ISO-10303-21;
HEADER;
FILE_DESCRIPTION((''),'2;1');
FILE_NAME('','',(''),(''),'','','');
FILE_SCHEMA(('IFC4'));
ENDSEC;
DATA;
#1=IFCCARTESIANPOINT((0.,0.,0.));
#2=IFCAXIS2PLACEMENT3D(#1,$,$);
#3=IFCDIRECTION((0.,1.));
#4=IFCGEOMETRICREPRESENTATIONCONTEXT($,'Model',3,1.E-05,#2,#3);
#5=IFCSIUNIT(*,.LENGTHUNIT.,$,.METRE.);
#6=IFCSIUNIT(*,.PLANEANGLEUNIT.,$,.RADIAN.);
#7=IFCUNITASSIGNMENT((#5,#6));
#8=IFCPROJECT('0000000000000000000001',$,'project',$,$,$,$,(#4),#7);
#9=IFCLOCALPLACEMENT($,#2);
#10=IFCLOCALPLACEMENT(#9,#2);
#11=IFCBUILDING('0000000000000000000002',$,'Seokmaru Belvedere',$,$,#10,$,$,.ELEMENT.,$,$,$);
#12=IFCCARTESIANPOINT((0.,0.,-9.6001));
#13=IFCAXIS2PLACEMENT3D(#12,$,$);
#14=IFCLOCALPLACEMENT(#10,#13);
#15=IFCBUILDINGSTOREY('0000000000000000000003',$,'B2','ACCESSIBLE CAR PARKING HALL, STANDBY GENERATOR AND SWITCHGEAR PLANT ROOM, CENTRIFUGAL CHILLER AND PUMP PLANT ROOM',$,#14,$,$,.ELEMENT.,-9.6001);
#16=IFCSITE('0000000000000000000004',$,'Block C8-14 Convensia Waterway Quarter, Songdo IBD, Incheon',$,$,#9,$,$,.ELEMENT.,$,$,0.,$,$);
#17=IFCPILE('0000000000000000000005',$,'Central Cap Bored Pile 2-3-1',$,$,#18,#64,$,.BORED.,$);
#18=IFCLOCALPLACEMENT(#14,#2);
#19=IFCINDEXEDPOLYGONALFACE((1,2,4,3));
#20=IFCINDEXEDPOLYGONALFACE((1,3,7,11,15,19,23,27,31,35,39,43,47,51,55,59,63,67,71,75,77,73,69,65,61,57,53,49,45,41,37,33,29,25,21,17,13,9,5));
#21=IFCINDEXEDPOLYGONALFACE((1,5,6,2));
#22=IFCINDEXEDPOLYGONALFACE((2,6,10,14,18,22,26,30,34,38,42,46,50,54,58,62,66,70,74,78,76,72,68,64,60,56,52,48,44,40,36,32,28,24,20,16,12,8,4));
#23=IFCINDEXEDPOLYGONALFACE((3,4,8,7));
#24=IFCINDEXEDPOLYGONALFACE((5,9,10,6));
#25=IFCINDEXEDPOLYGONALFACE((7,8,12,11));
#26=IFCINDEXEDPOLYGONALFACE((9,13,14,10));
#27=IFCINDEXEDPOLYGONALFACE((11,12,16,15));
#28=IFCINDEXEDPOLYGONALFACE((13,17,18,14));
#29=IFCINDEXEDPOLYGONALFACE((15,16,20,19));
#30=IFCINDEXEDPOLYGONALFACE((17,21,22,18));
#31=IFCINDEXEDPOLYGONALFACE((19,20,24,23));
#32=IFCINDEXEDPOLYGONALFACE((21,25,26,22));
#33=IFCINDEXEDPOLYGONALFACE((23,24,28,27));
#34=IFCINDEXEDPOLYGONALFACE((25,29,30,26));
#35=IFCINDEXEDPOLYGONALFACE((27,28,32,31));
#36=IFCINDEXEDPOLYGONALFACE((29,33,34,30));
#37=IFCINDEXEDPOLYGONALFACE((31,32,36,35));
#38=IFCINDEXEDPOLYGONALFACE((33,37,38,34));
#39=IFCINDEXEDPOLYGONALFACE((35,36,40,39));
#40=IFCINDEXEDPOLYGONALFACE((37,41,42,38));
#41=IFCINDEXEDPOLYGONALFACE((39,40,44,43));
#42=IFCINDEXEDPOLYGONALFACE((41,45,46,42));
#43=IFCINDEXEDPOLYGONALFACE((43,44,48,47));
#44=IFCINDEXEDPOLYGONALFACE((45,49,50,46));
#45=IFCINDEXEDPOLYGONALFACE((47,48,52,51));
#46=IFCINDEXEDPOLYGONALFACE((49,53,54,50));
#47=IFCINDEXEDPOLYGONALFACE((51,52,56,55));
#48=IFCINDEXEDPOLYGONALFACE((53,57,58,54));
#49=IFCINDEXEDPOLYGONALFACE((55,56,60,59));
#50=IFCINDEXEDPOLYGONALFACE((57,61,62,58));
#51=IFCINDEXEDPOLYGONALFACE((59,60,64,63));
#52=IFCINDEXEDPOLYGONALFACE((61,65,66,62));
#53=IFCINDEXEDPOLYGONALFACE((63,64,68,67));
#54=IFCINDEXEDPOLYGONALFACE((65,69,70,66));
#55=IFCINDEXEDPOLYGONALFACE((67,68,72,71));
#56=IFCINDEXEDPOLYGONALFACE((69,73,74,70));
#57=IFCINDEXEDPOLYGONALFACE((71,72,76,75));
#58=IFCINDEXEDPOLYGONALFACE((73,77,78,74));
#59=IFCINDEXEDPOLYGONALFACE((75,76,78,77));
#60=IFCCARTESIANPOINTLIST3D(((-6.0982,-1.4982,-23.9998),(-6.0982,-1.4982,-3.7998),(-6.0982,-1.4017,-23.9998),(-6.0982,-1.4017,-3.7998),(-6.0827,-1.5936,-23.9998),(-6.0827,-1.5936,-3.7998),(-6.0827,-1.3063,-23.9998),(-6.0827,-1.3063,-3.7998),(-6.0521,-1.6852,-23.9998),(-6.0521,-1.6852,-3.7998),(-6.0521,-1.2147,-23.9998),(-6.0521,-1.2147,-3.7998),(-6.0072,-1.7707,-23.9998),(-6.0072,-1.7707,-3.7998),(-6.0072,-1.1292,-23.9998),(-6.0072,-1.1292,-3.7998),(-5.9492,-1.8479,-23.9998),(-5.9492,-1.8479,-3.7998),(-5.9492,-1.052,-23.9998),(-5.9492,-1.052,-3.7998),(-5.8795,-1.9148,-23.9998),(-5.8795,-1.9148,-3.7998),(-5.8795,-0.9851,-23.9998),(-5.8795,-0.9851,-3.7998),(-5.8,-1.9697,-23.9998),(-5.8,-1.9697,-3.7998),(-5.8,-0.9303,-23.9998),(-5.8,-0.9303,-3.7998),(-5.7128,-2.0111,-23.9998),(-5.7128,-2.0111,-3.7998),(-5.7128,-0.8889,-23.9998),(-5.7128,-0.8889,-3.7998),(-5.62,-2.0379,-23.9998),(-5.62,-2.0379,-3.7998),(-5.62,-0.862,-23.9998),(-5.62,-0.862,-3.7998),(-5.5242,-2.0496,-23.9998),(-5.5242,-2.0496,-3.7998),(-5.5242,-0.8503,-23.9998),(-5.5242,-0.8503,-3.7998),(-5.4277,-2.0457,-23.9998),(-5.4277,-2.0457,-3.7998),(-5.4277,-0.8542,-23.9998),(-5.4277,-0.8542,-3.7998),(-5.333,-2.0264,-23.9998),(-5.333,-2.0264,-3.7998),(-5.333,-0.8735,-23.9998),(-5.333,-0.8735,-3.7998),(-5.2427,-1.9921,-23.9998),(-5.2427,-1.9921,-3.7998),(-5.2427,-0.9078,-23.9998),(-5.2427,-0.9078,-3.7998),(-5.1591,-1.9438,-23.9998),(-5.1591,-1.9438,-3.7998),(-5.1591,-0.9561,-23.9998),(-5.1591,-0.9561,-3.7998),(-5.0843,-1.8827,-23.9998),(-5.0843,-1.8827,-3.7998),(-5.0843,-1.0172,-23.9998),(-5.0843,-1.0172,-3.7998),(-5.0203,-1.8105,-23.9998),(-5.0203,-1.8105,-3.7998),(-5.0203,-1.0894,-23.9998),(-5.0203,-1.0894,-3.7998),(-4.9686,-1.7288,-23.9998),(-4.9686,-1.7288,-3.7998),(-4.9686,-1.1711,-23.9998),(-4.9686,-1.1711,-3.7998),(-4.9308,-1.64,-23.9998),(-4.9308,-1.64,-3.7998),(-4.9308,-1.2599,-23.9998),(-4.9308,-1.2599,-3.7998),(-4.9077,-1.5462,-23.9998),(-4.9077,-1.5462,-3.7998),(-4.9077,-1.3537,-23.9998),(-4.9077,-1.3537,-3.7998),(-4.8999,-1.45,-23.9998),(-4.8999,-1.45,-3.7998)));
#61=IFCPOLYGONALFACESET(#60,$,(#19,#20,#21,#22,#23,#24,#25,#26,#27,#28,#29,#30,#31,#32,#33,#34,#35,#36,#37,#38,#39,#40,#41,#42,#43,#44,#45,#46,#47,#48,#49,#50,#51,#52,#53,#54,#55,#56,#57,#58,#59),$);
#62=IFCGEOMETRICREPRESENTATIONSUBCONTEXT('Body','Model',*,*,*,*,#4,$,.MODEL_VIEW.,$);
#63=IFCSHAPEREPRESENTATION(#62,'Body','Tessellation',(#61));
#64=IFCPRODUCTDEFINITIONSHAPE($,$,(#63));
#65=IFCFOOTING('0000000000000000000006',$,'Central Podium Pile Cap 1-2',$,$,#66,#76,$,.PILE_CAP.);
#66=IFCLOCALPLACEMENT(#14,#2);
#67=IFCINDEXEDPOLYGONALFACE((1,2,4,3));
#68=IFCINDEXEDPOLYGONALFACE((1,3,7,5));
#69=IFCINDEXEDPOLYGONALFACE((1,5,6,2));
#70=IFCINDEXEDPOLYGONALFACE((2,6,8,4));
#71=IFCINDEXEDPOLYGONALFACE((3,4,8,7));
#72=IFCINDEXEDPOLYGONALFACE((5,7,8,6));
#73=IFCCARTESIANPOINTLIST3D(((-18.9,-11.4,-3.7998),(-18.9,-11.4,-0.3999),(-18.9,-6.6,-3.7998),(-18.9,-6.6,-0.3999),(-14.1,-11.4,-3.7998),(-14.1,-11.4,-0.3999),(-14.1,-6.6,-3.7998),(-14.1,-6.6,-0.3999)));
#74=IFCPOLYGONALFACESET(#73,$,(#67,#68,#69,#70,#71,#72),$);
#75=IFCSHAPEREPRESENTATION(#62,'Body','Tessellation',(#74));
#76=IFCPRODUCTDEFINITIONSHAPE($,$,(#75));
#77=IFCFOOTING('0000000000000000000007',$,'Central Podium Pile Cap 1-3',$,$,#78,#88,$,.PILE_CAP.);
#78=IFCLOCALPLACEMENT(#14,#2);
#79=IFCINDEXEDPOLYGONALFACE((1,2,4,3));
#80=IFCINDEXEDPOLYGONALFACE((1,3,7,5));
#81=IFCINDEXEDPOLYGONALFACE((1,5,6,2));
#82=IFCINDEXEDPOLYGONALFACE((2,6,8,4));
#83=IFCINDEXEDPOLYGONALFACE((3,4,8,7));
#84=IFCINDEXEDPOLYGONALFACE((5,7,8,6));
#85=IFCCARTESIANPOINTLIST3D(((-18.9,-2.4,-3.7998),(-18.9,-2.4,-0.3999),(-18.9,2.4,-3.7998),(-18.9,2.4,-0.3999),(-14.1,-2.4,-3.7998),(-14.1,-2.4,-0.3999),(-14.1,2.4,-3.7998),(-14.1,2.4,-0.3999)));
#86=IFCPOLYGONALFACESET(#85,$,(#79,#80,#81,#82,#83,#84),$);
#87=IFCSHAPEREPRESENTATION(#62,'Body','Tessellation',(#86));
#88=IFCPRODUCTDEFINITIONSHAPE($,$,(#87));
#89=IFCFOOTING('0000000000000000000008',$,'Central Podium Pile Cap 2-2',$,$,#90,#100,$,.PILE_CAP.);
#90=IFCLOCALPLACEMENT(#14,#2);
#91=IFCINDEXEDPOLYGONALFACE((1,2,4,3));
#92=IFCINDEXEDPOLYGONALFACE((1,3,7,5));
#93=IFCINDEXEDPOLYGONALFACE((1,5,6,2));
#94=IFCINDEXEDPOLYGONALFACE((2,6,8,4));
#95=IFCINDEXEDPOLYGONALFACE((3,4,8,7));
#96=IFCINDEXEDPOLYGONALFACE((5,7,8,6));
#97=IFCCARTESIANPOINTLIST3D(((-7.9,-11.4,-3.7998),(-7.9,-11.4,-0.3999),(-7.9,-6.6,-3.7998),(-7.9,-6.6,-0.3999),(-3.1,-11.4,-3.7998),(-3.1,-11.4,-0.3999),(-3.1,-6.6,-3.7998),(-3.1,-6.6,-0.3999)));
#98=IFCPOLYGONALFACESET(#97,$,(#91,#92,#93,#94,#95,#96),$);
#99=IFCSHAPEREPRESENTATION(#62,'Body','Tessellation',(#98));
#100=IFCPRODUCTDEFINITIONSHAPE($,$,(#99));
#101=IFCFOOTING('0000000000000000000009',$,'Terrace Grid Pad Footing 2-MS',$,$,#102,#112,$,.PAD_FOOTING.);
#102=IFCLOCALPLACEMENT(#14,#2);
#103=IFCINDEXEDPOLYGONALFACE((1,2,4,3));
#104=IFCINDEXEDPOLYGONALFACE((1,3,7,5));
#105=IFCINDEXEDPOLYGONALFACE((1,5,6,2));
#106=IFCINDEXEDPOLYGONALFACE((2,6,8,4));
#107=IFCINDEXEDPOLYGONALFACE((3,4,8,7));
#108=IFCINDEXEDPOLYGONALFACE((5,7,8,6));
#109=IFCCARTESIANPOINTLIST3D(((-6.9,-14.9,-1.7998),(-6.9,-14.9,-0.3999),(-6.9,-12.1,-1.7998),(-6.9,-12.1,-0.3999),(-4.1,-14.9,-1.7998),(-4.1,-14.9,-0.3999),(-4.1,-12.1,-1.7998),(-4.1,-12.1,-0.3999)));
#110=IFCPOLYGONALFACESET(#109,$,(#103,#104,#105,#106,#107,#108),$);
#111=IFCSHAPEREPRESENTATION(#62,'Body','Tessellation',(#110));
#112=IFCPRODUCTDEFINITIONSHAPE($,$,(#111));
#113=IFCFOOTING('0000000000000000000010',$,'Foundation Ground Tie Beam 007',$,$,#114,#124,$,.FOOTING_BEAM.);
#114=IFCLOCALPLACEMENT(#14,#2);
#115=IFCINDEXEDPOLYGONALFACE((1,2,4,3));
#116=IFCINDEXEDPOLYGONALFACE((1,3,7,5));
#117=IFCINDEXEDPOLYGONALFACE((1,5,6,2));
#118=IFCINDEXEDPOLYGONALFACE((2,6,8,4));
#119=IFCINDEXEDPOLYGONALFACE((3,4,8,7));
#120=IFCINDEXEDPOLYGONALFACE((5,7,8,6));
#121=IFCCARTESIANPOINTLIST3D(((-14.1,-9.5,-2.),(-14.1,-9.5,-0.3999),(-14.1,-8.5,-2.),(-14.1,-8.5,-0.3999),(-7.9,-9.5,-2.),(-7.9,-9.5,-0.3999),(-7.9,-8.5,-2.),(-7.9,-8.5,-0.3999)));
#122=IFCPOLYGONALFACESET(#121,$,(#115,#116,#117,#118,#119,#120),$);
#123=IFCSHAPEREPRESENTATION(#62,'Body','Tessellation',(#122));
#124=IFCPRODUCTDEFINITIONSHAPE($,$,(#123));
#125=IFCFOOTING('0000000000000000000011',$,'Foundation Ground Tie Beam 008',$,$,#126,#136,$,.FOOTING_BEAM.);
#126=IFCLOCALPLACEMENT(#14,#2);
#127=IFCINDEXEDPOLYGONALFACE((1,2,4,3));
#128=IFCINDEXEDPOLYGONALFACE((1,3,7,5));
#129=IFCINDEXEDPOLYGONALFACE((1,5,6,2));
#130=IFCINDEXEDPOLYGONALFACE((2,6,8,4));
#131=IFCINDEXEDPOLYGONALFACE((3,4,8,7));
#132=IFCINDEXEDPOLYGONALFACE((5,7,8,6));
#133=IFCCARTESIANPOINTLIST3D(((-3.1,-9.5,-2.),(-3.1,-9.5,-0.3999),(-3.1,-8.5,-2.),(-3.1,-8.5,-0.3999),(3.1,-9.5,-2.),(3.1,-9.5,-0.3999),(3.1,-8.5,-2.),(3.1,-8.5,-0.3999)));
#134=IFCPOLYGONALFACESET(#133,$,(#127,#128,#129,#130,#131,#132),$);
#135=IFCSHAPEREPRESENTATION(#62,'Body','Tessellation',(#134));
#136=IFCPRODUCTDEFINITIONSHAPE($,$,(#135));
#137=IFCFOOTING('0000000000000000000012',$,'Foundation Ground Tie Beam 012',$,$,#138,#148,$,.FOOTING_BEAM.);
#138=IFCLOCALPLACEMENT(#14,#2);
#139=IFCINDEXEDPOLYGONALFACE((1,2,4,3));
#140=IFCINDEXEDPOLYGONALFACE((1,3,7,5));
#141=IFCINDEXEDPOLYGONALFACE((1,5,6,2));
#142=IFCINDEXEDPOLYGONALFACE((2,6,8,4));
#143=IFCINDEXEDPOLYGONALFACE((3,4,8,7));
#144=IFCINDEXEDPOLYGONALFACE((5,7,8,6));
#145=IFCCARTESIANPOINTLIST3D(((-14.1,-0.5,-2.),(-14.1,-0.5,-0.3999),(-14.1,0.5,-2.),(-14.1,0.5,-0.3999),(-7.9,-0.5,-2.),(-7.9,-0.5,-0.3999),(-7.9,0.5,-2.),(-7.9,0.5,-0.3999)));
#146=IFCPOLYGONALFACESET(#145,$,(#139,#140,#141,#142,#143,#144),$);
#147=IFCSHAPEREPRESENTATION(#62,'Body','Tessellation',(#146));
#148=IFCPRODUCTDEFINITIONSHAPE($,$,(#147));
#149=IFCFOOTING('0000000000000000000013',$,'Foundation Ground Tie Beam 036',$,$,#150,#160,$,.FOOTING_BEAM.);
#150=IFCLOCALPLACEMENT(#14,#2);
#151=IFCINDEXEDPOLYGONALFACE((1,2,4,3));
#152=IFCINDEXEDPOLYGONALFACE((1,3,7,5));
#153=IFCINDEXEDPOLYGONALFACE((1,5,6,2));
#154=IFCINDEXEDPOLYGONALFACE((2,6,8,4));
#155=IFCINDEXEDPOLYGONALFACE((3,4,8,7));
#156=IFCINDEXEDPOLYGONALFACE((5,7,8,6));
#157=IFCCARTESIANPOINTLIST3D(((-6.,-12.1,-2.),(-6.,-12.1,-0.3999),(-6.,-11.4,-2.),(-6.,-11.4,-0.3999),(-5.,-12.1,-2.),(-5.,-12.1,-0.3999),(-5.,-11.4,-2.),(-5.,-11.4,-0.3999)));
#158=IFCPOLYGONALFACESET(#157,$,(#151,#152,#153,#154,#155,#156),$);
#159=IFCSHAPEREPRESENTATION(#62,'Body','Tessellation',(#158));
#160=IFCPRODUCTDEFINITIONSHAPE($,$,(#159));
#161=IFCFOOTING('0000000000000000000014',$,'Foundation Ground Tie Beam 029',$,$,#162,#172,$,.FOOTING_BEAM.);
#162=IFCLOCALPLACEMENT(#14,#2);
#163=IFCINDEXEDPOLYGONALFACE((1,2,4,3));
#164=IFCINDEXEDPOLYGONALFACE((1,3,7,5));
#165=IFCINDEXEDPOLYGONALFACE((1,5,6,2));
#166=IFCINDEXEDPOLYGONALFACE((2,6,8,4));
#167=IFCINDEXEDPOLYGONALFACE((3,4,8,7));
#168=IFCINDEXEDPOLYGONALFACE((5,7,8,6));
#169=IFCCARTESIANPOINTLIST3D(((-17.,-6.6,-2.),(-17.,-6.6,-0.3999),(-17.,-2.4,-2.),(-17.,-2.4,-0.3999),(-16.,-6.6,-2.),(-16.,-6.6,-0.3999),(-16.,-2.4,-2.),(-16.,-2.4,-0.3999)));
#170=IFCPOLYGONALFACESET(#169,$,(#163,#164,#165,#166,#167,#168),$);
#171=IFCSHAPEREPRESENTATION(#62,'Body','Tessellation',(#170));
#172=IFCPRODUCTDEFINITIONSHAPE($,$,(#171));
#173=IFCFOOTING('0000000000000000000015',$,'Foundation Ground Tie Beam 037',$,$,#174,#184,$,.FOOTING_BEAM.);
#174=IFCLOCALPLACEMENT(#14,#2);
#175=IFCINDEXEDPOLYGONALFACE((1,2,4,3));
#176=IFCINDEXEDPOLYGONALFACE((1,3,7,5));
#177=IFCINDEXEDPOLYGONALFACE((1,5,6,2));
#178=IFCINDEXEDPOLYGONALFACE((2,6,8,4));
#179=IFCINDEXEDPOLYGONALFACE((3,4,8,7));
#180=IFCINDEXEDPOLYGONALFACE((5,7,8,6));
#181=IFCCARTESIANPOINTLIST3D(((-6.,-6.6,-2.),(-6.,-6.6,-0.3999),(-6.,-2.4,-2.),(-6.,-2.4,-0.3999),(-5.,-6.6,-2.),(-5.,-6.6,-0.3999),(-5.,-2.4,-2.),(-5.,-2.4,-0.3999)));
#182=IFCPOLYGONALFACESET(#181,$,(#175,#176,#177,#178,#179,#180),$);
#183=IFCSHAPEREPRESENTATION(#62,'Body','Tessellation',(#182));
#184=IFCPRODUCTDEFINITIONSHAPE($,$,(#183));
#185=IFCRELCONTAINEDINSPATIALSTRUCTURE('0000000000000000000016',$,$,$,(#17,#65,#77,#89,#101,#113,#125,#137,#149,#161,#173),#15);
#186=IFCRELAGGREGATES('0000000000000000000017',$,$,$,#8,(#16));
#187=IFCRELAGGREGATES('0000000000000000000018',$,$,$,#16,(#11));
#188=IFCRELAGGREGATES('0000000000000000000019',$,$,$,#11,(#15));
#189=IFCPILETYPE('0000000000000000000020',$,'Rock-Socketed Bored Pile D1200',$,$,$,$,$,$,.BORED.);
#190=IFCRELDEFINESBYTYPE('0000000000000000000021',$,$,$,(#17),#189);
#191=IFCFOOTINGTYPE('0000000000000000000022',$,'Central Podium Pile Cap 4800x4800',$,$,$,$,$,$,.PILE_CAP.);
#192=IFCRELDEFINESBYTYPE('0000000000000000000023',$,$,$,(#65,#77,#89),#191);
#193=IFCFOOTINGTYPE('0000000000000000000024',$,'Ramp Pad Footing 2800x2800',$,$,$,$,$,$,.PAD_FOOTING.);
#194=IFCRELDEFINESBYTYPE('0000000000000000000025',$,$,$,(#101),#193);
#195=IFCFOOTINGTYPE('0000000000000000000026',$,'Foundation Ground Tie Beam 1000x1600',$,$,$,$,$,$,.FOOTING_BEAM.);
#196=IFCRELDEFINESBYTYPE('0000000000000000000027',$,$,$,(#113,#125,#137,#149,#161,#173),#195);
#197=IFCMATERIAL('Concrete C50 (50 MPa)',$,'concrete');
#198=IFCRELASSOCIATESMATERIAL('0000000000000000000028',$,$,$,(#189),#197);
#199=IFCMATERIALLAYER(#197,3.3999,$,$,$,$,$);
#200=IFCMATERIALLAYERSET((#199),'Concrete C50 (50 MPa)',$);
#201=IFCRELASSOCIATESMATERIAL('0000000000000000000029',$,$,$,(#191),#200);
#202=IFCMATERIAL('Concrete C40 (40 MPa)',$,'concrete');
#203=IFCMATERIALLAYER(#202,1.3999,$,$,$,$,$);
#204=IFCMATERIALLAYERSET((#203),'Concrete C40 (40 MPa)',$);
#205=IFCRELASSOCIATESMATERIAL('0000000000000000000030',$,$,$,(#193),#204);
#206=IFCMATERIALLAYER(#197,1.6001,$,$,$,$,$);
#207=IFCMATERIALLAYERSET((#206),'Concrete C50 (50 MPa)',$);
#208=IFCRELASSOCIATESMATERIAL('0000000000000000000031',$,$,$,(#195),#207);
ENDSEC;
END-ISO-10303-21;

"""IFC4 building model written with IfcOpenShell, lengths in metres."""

from ifc_helpers import new_model, si_unit, direction, frame, origin, origin_2d, place, context, subcontext, project, spatial, rectangle, circle, extrude, source, transform, mapped, material, layer, layer_set, material_profile, profile_set, type_object, type_shapes, element, save


model = new_model("IFC4")

# Units and contexts
model_context = context("Model", 3, precision=1e-05, world=origin(), true_north=direction((0.0, 1.0)))
body_context = subcontext(model_context, "Body", "Model", "MODEL_VIEW")
ifc_project = project(units=[si_unit("LENGTHUNIT", "METRE"), si_unit("PLANEANGLEUNIT", "RADIAN")], contexts=[model_context])

# Site, building, storey
site_placement = place(None, origin())
site = spatial("IfcSite", under=ifc_project, at=site_placement, Name="Block C8-14 Convensia Waterway Quarter, Songdo IBD, Incheon", CompositionType="ELEMENT", RefElevation=0.0)
building_placement = place(site_placement, origin())
building = spatial("IfcBuilding", under=site, at=building_placement, Name="Seokmaru Belvedere", CompositionType="ELEMENT")
storey_placement = place(building_placement, frame((0.0, 0.0, -9.6001)))
storey = spatial("IfcBuildingStorey", under=building, at=storey_placement, Name="B2", Description="ACCESSIBLE CAR PARKING HALL, STANDBY GENERATOR AND SWITCHGEAR PLANT ROOM, CENTRIFUGAL CHILLER AND PUMP PLANT ROOM", CompositionType="ELEMENT", Elevation=-9.6001)

# Pile
ifc_material_1 = material(Name="Concrete C50 (50 MPa)", Category="concrete")
ifc_material_profile_1 = material_profile(ifc_material_1, circle(Radius=0.6001, at=origin_2d()), Name="PILE-D1200")
ifc_profile_set_1 = profile_set([ifc_material_profile_1], Name="Concrete C50 (50 MPa)")
pile_type = type_object("IfcPileType", Name="Rock-Socketed Bored Pile D1200", PredefinedType="BORED", material=ifc_profile_set_1)
shared_shape_1 = source(origin(), body_context, "Body", "SweptSolid", [
    extrude(circle(Radius=0.6001, at=origin_2d()), origin(), (0.0, 0.0, 1.0), 20.2),
])
type_shapes(pile_type, [shared_shape_1])
for number, where, z_axis, x_axis, name in (
    (1, (-5.5, -1.45, -3.7998), (0.0, 0.0, -1.0), (1.0, 0.0, 0.0), "Central Cap Bored Pile 2-3-1"),
):
    element("IfcPile", number, at=place(storey_placement, frame(where, z_axis=z_axis, x_axis=x_axis)), inside=storey, type_object=pile_type, Name=name, PredefinedType="BORED", context=body_context, shape_type="MappedRepresentation", body=[
        mapped(shared_shape_1, transform((0.0, 0.0, 0.0), scale=1.0)),
    ])

# Footings
ifc_layer_1 = layer(ifc_material_1, 3.3999)
ifc_layer_set_1 = layer_set([ifc_layer_1], Name="Concrete C50 (50 MPa)")
footing_type_1 = type_object("IfcFootingType", Name="Central Podium Pile Cap 4800x4800", PredefinedType="PILE_CAP", material=ifc_layer_set_1)
shared_shape_2 = source(origin(), body_context, "Body", "SweptSolid", [
    extrude(rectangle(XDim=4.8, YDim=4.8, at=origin_2d()), origin(), (0.0, 0.0, 1.0), 3.3999),
])
type_shapes(footing_type_1, [shared_shape_2])
for number, where, z_axis, x_axis, name in (
    (2, (-16.5, -9.0, -3.7998), (0.0, 0.0, 1.0), (1.0, 0.0, 0.0), "Central Podium Pile Cap 1-2"),
    (3, (-16.5, 0.0, -3.7998), (0.0, 0.0, 1.0), (1.0, 0.0, 0.0), "Central Podium Pile Cap 1-3"),
    (4, (-5.5, -9.0, -3.7998), (0.0, 0.0, 1.0), (1.0, 0.0, 0.0), "Central Podium Pile Cap 2-2"),
):
    element("IfcFooting", number, at=place(storey_placement, frame(where, z_axis=z_axis, x_axis=x_axis)), inside=storey, type_object=footing_type_1, Name=name, PredefinedType="PILE_CAP", context=body_context, shape_type="MappedRepresentation", body=[
        mapped(shared_shape_2, transform((0.0, 0.0, 0.0), scale=1.0)),
    ])
ifc_material_2 = material(Name="Concrete C40 (40 MPa)", Category="concrete")
ifc_layer_2 = layer(ifc_material_2, 1.3999)
ifc_layer_set_2 = layer_set([ifc_layer_2], Name="Concrete C40 (40 MPa)")
footing_type_2 = type_object("IfcFootingType", Name="Ramp Pad Footing 2800x2800", PredefinedType="PAD_FOOTING", material=ifc_layer_set_2)
shared_shape_3 = source(origin(), body_context, "Body", "SweptSolid", [
    extrude(rectangle(XDim=2.8, YDim=2.8, at=origin_2d()), origin(), (0.0, 0.0, 1.0), 1.3999),
])
type_shapes(footing_type_2, [shared_shape_3])
footing_1_placement = place(storey_placement, frame((-5.5, -13.5, -1.7998), z_axis=(0.0, 0.0, 1.0), x_axis=(1.0, 0.0, 0.0)))
element("IfcFooting", 5, at=footing_1_placement, inside=storey, type_object=footing_type_2, Name="Terrace Grid Pad Footing 2-MS", PredefinedType="PAD_FOOTING", context=body_context, shape_type="MappedRepresentation", body=[
    mapped(shared_shape_3, transform((0.0, 0.0, 0.0), scale=1.0)),
])
ifc_layer_3 = layer(ifc_material_1, 1.6001)
ifc_layer_set_3 = layer_set([ifc_layer_3], Name="Concrete C50 (50 MPa)")
footing_type_3 = type_object("IfcFootingType", Name="Foundation Ground Tie Beam 1000x1600", PredefinedType="FOOTING_BEAM", material=ifc_layer_set_3)
shared_shape_4 = source(origin(), body_context, "Body", "SweptSolid", [
    extrude(rectangle(XDim=6.2, YDim=1.0, at=origin_2d()), origin(), (0.0, 0.0, 1.0), 1.6001),
])
for number, where, z_axis, x_axis, name in (
    (6, (-11.0, -9.0, -2.0), (0.0, 0.0, 1.0), (1.0, 0.0, 0.0), "Foundation Ground Tie Beam 007"),
    (7, (0.0, -9.0, -2.0), (0.0, 0.0, 1.0), (1.0, 0.0, 0.0), "Foundation Ground Tie Beam 008"),
    (8, (-11.0, 0.0, -2.0), (0.0, 0.0, 1.0), (1.0, 0.0, 0.0), "Foundation Ground Tie Beam 012"),
):
    element("IfcFooting", number, at=place(storey_placement, frame(where, z_axis=z_axis, x_axis=x_axis)), inside=storey, type_object=footing_type_3, Name=name, PredefinedType="FOOTING_BEAM", context=body_context, shape_type="MappedRepresentation", body=[
        mapped(shared_shape_4, transform((0.0, 0.0, 0.0), scale=1.0)),
    ])
shared_shape_5 = source(origin(), body_context, "Body", "SweptSolid", [
    extrude(rectangle(XDim=1.0, YDim=0.7, at=origin_2d()), origin(), (0.0, 0.0, 1.0), 1.6001),
])
footing_2_placement = place(storey_placement, frame((-5.5, -11.75, -2.0), z_axis=(0.0, 0.0, 1.0), x_axis=(1.0, 0.0, 0.0)))
element("IfcFooting", 9, at=footing_2_placement, inside=storey, type_object=footing_type_3, Name="Foundation Ground Tie Beam 036", PredefinedType="FOOTING_BEAM", context=body_context, shape_type="MappedRepresentation", body=[
    mapped(shared_shape_5, transform((0.0, 0.0, 0.0), scale=1.0)),
])
shared_shape_6 = source(origin(), body_context, "Body", "SweptSolid", [
    extrude(rectangle(XDim=1.0, YDim=4.2, at=origin_2d()), origin(), (0.0, 0.0, 1.0), 1.6001),
])
type_shapes(footing_type_3, [shared_shape_4, shared_shape_5, shared_shape_6])
for number, where, z_axis, x_axis, name in (
    (10, (-16.5, -4.5, -2.0), (0.0, 0.0, 1.0), (1.0, 0.0, 0.0), "Foundation Ground Tie Beam 029"),
    (11, (-5.5, -4.5, -2.0), (0.0, 0.0, 1.0), (1.0, 0.0, 0.0), "Foundation Ground Tie Beam 037"),
):
    element("IfcFooting", number, at=place(storey_placement, frame(where, z_axis=z_axis, x_axis=x_axis)), inside=storey, type_object=footing_type_3, Name=name, PredefinedType="FOOTING_BEAM", context=body_context, shape_type="MappedRepresentation", body=[
        mapped(shared_shape_6, transform((0.0, 0.0, 0.0), scale=1.0)),
    ])

save(model, "model.ifc")
